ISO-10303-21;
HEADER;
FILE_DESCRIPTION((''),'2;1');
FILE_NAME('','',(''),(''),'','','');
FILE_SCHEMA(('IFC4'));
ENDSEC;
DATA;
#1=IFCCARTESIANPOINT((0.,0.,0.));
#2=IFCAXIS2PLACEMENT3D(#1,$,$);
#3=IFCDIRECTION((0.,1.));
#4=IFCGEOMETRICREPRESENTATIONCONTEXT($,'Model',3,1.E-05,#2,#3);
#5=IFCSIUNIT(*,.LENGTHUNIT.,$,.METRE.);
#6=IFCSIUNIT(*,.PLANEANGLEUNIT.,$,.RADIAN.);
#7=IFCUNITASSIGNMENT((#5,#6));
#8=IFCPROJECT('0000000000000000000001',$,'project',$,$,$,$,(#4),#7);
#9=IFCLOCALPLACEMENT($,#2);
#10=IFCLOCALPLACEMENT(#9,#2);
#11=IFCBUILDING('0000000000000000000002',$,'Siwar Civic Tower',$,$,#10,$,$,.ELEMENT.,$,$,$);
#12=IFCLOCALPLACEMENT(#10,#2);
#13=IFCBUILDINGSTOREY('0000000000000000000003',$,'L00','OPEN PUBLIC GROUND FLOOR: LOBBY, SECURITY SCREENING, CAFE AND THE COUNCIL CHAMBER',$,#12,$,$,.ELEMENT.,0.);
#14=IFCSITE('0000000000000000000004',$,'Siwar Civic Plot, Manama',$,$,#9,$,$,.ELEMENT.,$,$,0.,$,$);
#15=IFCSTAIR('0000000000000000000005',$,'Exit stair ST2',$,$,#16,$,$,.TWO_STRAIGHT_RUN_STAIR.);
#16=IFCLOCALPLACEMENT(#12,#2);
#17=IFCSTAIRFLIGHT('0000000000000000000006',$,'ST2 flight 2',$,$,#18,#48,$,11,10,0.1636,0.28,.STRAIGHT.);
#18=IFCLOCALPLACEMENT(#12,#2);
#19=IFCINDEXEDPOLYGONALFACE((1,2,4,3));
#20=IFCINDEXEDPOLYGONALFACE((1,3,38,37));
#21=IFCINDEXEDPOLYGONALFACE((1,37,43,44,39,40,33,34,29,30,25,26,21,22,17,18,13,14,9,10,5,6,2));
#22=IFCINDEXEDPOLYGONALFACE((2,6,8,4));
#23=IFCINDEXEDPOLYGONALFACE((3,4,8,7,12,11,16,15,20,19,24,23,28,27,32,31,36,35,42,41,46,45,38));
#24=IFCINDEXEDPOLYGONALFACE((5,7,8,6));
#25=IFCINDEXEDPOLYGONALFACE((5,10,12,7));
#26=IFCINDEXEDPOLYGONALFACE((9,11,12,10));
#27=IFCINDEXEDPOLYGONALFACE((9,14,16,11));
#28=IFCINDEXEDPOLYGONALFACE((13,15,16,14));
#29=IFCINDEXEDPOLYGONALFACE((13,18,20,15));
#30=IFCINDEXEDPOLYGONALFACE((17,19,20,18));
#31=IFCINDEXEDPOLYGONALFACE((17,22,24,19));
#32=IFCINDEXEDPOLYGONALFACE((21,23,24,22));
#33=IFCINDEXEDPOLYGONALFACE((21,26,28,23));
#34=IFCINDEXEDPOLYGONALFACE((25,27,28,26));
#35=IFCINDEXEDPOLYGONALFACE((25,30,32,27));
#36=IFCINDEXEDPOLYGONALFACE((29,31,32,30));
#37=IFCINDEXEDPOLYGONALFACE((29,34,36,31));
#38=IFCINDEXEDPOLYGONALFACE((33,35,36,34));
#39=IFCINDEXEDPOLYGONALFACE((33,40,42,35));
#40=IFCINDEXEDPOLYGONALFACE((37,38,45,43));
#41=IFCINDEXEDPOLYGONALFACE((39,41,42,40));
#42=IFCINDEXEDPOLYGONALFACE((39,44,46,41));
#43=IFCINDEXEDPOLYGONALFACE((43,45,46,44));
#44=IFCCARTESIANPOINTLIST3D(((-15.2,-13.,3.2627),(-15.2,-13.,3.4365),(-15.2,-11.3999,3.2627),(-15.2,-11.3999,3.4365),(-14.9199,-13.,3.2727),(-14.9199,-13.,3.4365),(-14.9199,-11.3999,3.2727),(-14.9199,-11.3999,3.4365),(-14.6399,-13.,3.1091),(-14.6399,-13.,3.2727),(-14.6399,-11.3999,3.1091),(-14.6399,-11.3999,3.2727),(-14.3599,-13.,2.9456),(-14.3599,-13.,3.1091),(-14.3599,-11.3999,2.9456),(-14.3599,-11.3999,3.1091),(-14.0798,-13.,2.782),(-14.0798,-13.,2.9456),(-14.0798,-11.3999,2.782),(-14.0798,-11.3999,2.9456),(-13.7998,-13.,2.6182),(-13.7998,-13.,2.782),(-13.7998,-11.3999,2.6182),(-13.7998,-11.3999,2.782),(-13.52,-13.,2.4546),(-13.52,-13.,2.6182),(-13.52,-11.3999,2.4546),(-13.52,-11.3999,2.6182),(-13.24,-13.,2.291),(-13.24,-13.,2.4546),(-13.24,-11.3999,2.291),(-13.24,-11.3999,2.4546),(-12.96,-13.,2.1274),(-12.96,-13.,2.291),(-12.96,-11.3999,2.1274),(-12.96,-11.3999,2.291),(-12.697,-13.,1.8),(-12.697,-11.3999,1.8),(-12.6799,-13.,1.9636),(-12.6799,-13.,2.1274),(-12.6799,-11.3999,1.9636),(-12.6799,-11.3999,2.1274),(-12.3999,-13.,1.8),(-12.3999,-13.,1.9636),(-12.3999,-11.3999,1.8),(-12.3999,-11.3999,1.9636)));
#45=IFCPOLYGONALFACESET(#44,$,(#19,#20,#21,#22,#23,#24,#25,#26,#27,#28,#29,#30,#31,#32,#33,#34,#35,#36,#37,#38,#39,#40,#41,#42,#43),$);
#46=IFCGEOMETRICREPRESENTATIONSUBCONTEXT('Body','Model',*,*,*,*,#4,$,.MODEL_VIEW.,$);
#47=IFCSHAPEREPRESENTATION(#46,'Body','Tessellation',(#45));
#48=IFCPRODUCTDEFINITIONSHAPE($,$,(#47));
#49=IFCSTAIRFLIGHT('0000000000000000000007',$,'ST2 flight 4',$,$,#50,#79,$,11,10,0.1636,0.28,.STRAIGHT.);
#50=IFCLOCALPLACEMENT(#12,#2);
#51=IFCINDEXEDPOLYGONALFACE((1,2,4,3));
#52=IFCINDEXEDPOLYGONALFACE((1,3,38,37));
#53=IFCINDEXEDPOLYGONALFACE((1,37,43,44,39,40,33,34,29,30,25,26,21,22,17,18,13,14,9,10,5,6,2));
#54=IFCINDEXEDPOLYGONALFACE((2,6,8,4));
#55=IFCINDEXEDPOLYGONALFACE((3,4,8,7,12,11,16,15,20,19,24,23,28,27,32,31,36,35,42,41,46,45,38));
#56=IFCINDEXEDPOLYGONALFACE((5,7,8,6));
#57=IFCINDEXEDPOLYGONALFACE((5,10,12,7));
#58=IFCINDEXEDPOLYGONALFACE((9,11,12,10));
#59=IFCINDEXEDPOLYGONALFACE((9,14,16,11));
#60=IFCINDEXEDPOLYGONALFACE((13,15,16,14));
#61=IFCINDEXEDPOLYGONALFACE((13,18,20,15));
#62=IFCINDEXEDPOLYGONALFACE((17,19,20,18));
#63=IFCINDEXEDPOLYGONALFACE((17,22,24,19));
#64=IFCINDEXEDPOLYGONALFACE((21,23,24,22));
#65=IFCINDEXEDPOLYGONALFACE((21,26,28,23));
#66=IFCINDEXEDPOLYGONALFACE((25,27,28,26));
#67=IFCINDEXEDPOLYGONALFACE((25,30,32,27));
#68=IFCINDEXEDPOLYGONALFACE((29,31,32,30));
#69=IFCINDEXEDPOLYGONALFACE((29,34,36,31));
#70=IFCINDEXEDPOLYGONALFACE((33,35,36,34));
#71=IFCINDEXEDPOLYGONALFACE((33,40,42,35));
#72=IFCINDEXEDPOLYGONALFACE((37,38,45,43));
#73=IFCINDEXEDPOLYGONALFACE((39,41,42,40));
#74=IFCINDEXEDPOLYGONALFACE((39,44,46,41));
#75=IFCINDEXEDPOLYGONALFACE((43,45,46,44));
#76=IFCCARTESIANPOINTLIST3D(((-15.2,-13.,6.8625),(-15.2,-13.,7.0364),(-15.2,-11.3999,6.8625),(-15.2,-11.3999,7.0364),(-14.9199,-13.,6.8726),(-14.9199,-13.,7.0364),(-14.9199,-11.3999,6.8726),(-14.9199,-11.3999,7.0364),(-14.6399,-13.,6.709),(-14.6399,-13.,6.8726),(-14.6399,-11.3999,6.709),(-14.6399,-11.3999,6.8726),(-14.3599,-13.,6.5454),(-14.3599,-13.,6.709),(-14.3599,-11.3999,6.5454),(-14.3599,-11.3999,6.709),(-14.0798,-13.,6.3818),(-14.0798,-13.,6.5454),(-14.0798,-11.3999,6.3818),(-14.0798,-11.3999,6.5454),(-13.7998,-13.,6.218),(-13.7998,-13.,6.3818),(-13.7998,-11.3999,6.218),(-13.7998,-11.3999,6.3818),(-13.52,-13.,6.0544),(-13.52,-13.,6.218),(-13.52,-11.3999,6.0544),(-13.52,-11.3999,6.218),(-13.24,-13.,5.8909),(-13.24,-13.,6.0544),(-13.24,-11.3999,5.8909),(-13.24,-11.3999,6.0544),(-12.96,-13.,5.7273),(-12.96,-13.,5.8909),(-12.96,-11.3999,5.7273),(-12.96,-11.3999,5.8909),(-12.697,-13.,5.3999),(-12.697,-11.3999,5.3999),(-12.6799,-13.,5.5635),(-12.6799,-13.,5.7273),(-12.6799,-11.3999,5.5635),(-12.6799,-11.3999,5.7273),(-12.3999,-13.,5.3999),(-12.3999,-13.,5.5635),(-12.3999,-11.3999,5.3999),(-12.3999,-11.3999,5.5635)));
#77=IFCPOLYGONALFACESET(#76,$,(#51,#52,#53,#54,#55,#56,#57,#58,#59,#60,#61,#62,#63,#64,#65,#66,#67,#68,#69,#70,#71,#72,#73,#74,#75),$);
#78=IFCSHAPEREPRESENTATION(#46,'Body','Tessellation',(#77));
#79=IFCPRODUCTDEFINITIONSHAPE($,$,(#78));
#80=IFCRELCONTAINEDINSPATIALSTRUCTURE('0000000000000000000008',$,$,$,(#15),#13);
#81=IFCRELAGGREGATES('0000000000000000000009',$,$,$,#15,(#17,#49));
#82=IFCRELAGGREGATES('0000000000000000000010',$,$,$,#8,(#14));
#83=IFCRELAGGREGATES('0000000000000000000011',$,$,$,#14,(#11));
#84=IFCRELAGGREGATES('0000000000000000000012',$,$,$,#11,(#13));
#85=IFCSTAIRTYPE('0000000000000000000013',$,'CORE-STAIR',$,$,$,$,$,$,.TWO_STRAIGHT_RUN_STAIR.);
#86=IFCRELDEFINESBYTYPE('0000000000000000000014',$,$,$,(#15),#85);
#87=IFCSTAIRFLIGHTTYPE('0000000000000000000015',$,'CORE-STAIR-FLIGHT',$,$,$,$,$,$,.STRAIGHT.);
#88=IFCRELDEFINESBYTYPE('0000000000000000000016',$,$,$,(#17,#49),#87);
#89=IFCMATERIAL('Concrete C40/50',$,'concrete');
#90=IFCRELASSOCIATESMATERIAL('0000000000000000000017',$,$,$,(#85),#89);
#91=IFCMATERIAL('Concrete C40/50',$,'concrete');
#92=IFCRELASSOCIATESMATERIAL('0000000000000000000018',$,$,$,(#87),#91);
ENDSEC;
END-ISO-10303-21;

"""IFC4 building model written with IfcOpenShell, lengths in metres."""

from ifc_helpers import new_model, si_unit, direction, frame, origin, place, context, subcontext, project, spatial, polyline, outline, extrude, material, type_object, element, aggregate, save


model = new_model("IFC4")

# Units and contexts
model_context = context("Model", 3, precision=1e-05, world=origin(), true_north=direction((0.0, 1.0)))
body_context = subcontext(model_context, "Body", "Model", "MODEL_VIEW")
ifc_project = project(units=[si_unit("LENGTHUNIT", "METRE"), si_unit("PLANEANGLEUNIT", "RADIAN")], contexts=[model_context])

# Site, building, storey
site_placement = place(None, origin())
site = spatial("IfcSite", under=ifc_project, at=site_placement, Name="Siwar Civic Plot, Manama", CompositionType="ELEMENT", RefElevation=0.0)
building_placement = place(site_placement, origin())
building = spatial("IfcBuilding", under=site, at=building_placement, Name="Siwar Civic Tower", CompositionType="ELEMENT")
storey_placement = place(building_placement, origin())
storey = spatial("IfcBuildingStorey", under=building, at=storey_placement, Name="L00", Description="OPEN PUBLIC GROUND FLOOR: LOBBY, SECURITY SCREENING, CAFE AND THE COUNCIL CHAMBER", CompositionType="ELEMENT", Elevation=0.0)

# Stair, stair flights
ifc_material_1 = material(Name="Concrete C40/50", Category="concrete")
stair_type = type_object("IfcStairType", Name="CORE-STAIR", PredefinedType="TWO_STRAIGHT_RUN_STAIR", material=ifc_material_1)
stair_placement = place(storey_placement, origin())
stair = element("IfcStair", 1, at=stair_placement, inside=storey, type_object=stair_type, Name="Exit stair ST2", PredefinedType="TWO_STRAIGHT_RUN_STAIR")
ifc_material_2 = material(Name="Concrete C40/50", Category="concrete")
stair_flight_type = type_object("IfcStairFlightType", Name="CORE-STAIR-FLIGHT", PredefinedType="STRAIGHT", material=ifc_material_2)
stair_flight_1_placement = place(storey_placement, frame((-12.3999, -12.2, 1.8), z_axis=(0.0, 0.0, 1.0), x_axis=(-1.0, 0.0, 0.0)))
stair_flight_1 = element("IfcStairFlight", 2, at=stair_flight_1_placement, type_object=stair_flight_type, Name="ST2 flight 2", NumberOfRisers=11, NumberOfTreads=10, PredefinedType="STRAIGHT", RiserHeight=0.1636, TreadLength=0.28, context=body_context, shape_type="SweptSolid", body=[
    extrude(outline(polyline([(0.0, 0.0), (0.0, 0.1636), (0.28, 0.1636), (0.28, 0.3274), (0.5601, 0.3274), (0.5601, 0.491), (0.8401, 0.491), (0.8401, 0.6545), (1.1201, 0.6545), (1.1201, 0.8181), (1.3999, 0.8181), (1.3999, 0.9819), (1.6799, 0.9819), (1.6799, 1.1455), (1.96, 1.1455), (1.96, 1.3091), (2.24, 1.3091), (2.24, 1.4727), (2.52, 1.4727), (2.52, 1.6365), (2.8, 1.6365), (2.8, 1.8), (2.8, 1.4626), (0.2971, 0.0), (0.0, 0.0)])), frame((0.0, 0.8, 0.0), z_axis=(0.0, -1.0, 0.0), x_axis=(1.0, 0.0, 0.0)), (0.0, 0.0, 1.0), 1.6001),
])
stair_flight_2_placement = place(storey_placement, frame((-12.3999, -12.2, 5.3999), z_axis=(0.0, 0.0, 1.0), x_axis=(-1.0, 0.0, 0.0)))
stair_flight_2 = element("IfcStairFlight", 3, at=stair_flight_2_placement, type_object=stair_flight_type, Name="ST2 flight 4", NumberOfRisers=11, NumberOfTreads=10, PredefinedType="STRAIGHT", RiserHeight=0.1636, TreadLength=0.28, context=body_context, shape_type="SweptSolid", body=[
    extrude(outline(polyline([(0.0, 0.0), (0.0, 0.1636), (0.28, 0.1636), (0.28, 0.3274), (0.5601, 0.3274), (0.5601, 0.491), (0.8401, 0.491), (0.8401, 0.6545), (1.1201, 0.6545), (1.1201, 0.8181), (1.3999, 0.8181), (1.3999, 0.9819), (1.6799, 0.9819), (1.6799, 1.1455), (1.96, 1.1455), (1.96, 1.3091), (2.24, 1.3091), (2.24, 1.4727), (2.52, 1.4727), (2.52, 1.6365), (2.8, 1.6365), (2.8, 1.8), (2.8, 1.4626), (0.2971, 0.0), (0.0, 0.0)])), frame((0.0, 0.8, 0.0), z_axis=(0.0, -1.0, 0.0), x_axis=(1.0, 0.0, 0.0)), (0.0, 0.0, 1.0), 1.6001),
])
aggregate(stair, [stair_flight_1, stair_flight_2])

save(model, "model.ifc")
